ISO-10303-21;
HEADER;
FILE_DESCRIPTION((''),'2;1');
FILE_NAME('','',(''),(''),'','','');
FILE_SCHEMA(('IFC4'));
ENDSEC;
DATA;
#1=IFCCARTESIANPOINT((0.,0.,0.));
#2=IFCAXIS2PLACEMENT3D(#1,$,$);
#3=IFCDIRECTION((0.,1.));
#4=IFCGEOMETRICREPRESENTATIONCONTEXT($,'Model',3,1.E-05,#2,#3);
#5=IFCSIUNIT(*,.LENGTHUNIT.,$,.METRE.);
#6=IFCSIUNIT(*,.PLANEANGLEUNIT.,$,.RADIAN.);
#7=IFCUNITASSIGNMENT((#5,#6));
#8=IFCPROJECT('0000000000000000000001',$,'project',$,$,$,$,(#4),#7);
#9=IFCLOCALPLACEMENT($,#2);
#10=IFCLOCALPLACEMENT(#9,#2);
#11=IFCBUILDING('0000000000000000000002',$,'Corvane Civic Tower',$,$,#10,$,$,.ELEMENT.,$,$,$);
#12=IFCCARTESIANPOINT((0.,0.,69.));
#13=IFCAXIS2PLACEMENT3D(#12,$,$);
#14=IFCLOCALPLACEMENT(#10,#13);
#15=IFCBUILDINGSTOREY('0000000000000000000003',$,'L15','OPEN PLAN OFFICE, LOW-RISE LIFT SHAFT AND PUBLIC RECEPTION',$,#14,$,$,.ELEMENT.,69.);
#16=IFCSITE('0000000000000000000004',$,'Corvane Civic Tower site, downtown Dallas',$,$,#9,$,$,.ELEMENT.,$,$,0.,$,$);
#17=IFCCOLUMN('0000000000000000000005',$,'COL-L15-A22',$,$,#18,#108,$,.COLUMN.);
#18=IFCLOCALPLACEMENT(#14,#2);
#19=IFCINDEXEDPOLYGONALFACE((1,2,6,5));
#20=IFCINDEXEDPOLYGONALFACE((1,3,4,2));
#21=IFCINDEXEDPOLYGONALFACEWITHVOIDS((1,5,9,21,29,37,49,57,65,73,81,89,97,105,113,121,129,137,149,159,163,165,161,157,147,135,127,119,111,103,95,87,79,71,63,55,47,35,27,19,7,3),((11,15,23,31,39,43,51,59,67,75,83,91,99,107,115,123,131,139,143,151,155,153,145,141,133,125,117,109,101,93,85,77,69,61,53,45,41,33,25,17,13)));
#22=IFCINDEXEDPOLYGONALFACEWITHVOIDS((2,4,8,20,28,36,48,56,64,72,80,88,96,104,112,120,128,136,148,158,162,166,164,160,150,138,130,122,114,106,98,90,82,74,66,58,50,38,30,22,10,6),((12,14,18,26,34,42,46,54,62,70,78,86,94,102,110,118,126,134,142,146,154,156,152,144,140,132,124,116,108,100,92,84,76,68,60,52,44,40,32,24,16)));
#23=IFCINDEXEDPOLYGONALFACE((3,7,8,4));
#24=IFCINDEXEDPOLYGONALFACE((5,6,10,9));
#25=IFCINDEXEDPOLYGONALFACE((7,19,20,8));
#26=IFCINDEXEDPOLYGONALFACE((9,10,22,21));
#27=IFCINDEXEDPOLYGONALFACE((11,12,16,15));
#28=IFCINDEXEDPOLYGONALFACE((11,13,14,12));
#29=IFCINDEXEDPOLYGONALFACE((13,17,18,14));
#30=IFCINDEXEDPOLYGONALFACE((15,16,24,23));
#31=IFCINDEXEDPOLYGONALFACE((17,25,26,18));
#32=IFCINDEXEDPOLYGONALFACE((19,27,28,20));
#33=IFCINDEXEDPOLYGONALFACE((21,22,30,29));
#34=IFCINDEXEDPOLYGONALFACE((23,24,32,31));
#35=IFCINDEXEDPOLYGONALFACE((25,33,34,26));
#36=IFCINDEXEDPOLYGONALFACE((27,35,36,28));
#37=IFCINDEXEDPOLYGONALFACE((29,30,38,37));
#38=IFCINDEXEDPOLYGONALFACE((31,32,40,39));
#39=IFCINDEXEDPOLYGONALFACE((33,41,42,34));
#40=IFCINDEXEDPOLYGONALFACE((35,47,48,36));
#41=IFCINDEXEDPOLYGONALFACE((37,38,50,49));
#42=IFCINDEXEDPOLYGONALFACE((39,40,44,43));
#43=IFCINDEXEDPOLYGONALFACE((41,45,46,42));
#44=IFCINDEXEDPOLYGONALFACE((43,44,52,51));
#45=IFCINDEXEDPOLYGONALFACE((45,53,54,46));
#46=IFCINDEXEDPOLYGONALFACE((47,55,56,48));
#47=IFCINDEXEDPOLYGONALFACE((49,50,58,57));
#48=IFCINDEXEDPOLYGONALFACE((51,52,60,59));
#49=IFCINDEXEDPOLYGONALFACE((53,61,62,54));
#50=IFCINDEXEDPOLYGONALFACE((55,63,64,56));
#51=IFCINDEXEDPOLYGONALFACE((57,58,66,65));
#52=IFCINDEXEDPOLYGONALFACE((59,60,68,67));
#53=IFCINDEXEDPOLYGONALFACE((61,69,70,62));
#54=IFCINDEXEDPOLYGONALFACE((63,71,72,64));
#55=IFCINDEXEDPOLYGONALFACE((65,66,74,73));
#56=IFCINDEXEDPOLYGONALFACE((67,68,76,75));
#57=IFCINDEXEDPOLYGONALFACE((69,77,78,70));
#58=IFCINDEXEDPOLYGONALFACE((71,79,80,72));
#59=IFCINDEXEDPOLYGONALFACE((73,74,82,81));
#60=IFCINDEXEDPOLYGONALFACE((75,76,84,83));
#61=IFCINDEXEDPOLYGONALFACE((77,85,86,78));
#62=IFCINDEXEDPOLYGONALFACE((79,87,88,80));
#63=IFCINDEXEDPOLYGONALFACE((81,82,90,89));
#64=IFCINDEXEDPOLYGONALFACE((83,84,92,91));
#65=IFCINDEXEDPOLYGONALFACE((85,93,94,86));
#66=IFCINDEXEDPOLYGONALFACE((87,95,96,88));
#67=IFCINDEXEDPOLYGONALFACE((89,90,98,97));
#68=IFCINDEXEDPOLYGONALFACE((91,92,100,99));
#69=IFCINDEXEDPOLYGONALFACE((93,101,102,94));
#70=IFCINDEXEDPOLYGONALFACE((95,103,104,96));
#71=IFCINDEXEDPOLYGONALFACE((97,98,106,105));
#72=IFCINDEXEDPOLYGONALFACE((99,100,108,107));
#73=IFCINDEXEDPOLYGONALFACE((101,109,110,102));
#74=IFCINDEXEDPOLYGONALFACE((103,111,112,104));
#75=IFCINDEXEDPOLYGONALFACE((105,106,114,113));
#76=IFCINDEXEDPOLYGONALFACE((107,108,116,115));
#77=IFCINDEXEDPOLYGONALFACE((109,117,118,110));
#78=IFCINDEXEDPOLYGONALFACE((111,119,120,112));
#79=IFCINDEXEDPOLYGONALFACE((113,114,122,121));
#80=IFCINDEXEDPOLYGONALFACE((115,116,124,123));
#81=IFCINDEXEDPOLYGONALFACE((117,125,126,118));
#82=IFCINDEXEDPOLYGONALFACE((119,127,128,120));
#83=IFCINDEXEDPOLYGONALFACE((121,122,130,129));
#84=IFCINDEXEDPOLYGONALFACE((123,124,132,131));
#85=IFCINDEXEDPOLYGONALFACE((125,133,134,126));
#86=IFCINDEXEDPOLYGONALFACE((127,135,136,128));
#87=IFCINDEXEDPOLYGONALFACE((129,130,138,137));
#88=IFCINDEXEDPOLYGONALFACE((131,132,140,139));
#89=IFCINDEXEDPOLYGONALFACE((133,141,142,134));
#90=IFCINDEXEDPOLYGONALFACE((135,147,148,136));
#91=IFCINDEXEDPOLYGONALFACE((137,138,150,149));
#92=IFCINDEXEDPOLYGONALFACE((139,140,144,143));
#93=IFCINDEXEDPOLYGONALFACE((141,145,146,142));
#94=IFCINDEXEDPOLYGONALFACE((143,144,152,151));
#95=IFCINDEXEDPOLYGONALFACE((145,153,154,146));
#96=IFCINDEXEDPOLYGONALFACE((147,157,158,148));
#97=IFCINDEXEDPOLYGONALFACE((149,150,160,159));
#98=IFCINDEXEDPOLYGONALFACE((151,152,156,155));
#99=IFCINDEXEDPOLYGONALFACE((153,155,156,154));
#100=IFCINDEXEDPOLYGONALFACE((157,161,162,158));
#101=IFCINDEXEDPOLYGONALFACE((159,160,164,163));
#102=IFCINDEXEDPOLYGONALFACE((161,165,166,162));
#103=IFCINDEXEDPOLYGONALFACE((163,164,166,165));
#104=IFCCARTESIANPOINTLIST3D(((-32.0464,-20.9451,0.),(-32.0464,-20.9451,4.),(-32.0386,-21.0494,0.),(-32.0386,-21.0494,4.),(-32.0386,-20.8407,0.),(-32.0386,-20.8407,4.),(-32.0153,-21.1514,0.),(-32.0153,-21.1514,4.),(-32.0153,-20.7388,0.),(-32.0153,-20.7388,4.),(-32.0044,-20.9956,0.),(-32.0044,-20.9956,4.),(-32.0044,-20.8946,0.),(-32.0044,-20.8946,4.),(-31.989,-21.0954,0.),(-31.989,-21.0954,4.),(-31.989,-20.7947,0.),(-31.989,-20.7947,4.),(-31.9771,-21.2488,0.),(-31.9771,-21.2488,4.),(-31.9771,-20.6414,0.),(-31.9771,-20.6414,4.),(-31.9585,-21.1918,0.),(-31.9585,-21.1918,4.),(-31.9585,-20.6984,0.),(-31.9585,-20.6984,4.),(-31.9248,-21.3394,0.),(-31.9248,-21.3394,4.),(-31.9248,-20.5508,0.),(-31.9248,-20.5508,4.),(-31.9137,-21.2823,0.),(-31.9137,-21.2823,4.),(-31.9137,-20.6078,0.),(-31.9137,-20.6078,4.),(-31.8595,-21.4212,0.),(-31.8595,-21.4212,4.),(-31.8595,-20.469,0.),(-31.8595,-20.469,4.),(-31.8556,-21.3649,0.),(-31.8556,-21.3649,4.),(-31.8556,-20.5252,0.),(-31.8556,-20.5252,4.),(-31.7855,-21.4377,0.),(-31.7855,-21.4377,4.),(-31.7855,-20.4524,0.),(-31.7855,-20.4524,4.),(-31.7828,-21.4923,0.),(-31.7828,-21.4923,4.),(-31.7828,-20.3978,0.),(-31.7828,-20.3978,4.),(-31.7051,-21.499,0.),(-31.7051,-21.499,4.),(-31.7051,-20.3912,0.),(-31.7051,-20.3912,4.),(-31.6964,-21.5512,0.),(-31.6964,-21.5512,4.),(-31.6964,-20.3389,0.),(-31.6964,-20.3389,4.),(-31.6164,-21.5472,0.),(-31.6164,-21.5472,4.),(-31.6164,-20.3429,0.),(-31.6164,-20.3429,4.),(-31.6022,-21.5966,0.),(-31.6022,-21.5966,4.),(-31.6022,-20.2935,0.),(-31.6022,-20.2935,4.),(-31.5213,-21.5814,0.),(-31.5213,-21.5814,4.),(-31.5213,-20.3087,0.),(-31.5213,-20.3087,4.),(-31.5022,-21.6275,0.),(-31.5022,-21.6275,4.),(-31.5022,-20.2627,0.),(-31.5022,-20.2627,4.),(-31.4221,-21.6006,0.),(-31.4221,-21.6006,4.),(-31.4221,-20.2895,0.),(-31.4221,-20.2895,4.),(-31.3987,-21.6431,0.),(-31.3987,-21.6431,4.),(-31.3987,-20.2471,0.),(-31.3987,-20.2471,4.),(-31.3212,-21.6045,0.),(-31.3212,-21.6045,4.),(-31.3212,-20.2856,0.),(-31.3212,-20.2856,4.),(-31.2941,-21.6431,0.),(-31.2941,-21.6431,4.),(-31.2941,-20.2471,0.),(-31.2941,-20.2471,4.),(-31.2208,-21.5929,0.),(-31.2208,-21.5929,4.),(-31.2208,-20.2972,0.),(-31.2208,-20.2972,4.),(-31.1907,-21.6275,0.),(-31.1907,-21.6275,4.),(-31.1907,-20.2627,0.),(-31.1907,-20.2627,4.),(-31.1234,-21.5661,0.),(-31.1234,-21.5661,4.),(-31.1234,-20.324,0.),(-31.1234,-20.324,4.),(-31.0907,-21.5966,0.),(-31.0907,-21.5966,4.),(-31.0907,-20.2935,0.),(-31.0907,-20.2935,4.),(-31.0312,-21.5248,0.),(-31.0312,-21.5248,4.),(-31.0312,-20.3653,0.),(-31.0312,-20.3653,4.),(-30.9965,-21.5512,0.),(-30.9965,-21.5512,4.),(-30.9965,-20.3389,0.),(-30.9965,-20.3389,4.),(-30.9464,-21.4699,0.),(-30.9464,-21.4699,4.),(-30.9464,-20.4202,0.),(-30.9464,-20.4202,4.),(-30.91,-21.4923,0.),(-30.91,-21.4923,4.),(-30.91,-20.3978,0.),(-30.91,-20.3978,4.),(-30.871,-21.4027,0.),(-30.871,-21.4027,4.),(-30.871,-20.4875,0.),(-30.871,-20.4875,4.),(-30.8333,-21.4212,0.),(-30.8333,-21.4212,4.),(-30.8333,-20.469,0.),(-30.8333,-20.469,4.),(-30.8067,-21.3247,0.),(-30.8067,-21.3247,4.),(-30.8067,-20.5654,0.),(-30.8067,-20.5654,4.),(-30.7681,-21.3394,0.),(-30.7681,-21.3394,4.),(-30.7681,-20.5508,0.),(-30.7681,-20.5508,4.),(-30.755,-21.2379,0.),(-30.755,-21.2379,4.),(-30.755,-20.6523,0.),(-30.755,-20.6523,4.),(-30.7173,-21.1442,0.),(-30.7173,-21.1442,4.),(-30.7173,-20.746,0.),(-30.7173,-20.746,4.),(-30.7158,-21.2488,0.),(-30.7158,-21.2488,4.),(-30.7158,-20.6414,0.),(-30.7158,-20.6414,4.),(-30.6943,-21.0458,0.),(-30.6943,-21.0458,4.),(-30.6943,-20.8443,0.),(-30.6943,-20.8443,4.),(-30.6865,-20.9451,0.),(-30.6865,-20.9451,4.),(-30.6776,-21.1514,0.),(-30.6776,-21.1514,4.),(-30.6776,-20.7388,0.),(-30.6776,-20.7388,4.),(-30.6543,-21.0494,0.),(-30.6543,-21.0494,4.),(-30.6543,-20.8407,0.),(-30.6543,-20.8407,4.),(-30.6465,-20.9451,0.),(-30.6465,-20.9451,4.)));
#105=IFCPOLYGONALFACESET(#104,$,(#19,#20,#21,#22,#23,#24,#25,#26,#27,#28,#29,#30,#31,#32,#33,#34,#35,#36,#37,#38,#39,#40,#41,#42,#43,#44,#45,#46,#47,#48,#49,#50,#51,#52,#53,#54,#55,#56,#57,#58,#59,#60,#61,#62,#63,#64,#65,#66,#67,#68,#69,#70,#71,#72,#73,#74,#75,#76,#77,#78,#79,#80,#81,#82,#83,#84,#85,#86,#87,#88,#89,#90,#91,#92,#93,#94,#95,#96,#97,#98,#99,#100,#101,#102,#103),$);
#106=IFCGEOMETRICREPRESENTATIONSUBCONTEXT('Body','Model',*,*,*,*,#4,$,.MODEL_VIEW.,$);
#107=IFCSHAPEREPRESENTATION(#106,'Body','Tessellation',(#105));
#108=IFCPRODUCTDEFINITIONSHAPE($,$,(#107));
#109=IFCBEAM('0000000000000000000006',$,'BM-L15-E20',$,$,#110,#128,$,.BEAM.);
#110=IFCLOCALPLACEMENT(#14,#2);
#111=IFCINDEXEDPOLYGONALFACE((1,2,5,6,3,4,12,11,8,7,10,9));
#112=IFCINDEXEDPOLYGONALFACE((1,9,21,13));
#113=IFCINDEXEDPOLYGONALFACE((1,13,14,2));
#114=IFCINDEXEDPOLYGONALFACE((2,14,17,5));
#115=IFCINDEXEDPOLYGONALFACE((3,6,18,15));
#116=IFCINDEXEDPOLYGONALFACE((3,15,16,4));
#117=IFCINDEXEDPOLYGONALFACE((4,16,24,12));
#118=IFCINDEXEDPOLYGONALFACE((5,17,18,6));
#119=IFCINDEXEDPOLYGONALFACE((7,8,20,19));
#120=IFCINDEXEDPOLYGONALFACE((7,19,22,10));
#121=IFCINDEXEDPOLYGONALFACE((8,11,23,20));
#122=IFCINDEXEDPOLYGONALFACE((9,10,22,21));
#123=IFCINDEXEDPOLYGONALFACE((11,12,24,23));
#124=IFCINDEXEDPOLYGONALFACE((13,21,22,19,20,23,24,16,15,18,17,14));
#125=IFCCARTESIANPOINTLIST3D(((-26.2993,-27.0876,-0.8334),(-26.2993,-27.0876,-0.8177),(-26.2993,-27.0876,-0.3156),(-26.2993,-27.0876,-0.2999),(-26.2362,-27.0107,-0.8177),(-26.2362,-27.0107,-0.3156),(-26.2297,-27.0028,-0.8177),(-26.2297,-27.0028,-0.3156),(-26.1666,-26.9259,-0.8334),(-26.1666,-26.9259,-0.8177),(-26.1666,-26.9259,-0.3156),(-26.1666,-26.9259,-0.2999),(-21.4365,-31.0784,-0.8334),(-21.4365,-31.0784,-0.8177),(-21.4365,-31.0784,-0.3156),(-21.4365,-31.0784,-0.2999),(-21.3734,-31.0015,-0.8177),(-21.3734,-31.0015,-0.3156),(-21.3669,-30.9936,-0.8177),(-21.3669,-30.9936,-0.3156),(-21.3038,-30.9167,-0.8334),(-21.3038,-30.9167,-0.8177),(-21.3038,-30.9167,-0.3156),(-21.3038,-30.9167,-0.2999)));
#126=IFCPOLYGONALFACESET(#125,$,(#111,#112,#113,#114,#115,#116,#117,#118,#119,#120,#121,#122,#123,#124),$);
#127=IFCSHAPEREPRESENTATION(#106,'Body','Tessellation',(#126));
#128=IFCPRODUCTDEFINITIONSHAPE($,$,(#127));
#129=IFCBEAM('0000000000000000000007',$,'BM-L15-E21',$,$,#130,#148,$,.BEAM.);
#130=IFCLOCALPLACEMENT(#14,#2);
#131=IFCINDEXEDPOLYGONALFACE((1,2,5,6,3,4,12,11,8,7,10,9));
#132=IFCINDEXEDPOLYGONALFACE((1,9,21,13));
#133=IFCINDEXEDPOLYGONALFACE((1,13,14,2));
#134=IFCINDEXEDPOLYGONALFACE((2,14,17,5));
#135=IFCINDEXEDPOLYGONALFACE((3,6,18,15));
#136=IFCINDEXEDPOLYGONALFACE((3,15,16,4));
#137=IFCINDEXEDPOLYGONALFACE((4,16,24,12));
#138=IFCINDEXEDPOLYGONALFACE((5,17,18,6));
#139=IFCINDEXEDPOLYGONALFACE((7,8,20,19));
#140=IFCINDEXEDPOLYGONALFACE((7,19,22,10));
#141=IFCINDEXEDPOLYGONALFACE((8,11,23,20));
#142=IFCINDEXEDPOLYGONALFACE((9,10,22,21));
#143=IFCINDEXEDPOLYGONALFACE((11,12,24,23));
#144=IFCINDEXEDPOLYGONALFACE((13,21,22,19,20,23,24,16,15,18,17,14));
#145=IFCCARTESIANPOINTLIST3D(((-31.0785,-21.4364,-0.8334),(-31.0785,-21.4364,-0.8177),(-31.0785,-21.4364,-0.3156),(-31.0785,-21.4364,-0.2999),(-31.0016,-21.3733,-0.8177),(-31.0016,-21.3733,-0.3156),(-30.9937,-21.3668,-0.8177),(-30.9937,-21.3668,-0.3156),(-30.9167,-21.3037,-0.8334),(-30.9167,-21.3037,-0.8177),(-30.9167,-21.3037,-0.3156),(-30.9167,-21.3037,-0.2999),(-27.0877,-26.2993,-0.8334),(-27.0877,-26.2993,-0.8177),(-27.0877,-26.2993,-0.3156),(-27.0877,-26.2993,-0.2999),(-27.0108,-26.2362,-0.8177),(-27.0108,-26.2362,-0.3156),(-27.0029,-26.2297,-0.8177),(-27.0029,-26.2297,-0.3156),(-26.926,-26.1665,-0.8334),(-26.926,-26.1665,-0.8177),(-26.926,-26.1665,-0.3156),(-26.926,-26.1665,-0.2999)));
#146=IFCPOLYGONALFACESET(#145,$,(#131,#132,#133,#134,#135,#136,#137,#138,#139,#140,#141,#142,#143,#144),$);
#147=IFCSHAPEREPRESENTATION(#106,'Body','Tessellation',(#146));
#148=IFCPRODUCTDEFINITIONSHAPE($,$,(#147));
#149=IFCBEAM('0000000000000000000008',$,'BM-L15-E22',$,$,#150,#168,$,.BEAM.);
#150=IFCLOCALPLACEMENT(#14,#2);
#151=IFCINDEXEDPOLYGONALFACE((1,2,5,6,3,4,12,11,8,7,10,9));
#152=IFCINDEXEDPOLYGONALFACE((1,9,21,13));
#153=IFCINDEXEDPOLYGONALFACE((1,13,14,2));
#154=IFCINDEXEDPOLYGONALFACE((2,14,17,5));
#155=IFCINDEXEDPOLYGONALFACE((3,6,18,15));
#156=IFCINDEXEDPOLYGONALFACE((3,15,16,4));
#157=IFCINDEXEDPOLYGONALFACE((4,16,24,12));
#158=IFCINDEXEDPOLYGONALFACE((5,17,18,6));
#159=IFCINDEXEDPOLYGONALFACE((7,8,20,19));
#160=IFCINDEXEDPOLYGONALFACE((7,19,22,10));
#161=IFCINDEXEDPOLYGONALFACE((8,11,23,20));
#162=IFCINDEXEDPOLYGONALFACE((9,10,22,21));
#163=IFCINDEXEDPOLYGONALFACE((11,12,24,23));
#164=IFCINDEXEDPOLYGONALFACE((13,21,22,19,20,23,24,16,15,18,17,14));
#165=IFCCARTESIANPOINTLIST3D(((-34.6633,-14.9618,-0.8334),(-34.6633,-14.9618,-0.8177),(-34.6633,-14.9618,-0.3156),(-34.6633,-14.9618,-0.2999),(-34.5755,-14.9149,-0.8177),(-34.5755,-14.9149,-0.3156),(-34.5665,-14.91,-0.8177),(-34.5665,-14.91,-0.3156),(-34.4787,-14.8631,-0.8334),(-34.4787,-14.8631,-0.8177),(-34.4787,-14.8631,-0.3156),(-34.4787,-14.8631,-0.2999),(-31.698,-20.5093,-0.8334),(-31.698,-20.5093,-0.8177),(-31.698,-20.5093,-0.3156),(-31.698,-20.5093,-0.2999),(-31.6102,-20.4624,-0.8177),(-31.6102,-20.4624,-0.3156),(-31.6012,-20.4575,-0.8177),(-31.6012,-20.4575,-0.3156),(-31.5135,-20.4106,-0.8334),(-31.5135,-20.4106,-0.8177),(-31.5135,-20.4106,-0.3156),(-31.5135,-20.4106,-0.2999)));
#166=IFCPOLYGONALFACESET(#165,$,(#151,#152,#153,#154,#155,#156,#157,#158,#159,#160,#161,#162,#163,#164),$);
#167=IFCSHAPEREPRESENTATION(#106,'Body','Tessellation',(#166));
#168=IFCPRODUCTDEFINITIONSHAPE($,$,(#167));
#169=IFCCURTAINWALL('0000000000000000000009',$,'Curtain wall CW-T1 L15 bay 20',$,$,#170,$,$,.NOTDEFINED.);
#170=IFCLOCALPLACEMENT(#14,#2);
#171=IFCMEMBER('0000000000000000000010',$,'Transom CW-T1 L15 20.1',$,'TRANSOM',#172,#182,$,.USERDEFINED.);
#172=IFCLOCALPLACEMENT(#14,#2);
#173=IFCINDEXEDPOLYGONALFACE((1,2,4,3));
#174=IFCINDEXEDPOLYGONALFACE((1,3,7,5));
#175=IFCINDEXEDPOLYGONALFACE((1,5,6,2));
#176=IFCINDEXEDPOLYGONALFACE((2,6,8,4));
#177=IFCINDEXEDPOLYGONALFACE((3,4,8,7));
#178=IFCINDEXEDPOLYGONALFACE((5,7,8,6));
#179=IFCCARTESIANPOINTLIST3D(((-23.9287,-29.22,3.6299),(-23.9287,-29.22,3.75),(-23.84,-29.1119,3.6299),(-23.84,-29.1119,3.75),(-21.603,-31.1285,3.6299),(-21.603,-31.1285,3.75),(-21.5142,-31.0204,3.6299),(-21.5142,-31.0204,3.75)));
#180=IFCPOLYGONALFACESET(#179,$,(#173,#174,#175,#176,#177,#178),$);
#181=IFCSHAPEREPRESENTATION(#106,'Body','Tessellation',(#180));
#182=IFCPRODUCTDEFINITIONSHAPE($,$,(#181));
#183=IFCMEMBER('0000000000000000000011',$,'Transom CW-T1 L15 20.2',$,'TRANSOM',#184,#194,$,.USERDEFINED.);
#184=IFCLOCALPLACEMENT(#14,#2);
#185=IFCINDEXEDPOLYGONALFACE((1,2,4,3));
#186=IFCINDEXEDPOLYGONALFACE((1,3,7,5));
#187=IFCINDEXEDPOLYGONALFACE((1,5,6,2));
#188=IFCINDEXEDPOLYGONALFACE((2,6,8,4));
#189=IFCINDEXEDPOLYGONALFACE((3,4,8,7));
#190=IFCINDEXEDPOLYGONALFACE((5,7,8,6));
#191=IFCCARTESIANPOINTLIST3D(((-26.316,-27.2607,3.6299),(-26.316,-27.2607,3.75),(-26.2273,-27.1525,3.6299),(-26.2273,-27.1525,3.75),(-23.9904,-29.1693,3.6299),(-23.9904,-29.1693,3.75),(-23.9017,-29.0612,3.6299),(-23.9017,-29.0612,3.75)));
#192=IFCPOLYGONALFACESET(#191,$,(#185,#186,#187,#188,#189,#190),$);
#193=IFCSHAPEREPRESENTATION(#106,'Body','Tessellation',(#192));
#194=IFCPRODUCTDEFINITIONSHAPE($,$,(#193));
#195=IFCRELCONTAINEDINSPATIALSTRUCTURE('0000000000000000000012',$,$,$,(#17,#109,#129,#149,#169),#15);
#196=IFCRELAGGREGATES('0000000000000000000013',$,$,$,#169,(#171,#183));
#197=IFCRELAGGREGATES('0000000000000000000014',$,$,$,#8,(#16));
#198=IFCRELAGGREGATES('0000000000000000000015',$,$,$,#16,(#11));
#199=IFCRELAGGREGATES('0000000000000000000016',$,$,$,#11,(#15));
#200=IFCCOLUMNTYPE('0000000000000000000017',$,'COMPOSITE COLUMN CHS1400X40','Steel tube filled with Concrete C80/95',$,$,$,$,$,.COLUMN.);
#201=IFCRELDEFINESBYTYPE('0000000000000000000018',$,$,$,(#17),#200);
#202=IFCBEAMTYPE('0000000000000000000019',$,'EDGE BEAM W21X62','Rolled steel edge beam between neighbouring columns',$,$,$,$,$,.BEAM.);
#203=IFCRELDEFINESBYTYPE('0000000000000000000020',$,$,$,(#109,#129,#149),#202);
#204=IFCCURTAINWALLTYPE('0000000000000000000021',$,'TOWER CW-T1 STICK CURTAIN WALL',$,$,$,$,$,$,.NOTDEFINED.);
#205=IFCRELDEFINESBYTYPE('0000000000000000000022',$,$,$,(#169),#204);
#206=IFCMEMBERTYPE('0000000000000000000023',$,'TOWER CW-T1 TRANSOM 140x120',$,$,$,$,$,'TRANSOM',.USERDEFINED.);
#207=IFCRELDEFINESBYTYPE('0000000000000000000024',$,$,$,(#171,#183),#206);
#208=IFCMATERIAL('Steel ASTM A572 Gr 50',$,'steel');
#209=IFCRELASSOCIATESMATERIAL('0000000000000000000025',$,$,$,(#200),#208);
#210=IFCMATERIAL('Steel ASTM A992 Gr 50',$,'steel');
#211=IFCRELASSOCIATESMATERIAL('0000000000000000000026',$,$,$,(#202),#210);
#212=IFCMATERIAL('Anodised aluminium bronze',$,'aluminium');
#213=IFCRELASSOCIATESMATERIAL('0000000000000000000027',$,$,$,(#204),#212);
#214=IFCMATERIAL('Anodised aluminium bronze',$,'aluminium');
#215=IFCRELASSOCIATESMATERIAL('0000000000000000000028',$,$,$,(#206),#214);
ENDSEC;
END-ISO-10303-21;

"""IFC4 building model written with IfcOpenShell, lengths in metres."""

from ifc_helpers import new_model, si_unit, direction, frame, origin, origin_2d, place, context, subcontext, project, spatial, rectangle, hollow_circle, i_section, extrude, material, material_profile, profile_set, type_object, element, aggregate, save


model = new_model("IFC4")

# Units and contexts
model_context = context("Model", 3, precision=1e-05, world=origin(), true_north=direction((0.0, 1.0)))
body_context = subcontext(model_context, "Body", "Model", "MODEL_VIEW")
ifc_project = project(units=[si_unit("LENGTHUNIT", "METRE"), si_unit("PLANEANGLEUNIT", "RADIAN")], contexts=[model_context])

# Site, building, storey
site_placement = place(None, origin())
site = spatial("IfcSite", under=ifc_project, at=site_placement, Name="Corvane Civic Tower site, downtown Dallas", CompositionType="ELEMENT", RefElevation=0.0)
building_placement = place(site_placement, origin())
building = spatial("IfcBuilding", under=site, at=building_placement, Name="Corvane Civic Tower", CompositionType="ELEMENT")
storey_placement = place(building_placement, frame((0.0, 0.0, 69.0)))
storey = spatial("IfcBuildingStorey", under=building, at=storey_placement, Name="L15", Description="OPEN PLAN OFFICE, LOW-RISE LIFT SHAFT AND PUBLIC RECEPTION", CompositionType="ELEMENT", Elevation=69.0)

# Column
ifc_material_1 = material(Name="Steel ASTM A572 Gr 50", Category="steel")
ifc_material_profile_1 = material_profile(ifc_material_1, hollow_circle(Radius=0.7, WallThickness=0.04, at=origin_2d()), Name="CHS1400X40")
ifc_profile_set_1 = profile_set([ifc_material_profile_1], Name="Steel ASTM A572 Gr 50")
column_type = type_object("IfcColumnType", Name="COMPOSITE COLUMN CHS1400X40", Description="Steel tube filled with Concrete C80/95", PredefinedType="COLUMN", material=ifc_profile_set_1)
for number, where, z_axis, x_axis, name in (
    (1, (-31.3464, -20.9451, 0.0), (0.0, 0.0, 1.0), (1.0, 0.0, 0.0), "COL-L15-A22"),
):
    element("IfcColumn", number, at=place(storey_placement, frame(where, z_axis=z_axis, x_axis=x_axis)), inside=storey, type_object=column_type, Name=name, PredefinedType="COLUMN", context=body_context, shape_type="SweptSolid", body=[
        extrude(hollow_circle(Radius=0.7, WallThickness=0.04, at=origin_2d()), origin(), (0.0, 0.0, 1.0), 4.0),
    ])

# Beams
ifc_material_2 = material(Name="Steel ASTM A992 Gr 50", Category="steel")
ifc_material_profile_2 = material_profile(ifc_material_2, i_section(OverallWidth=0.2092, OverallDepth=0.5334, WebThickness=0.0103, FlangeThickness=0.0156, at=origin_2d()), Name="W21X62")
ifc_profile_set_2 = profile_set([ifc_material_profile_2], Name="Steel ASTM A992 Gr 50")
beam_type = type_object("IfcBeamType", Name="EDGE BEAM W21X62", Description="Rolled steel edge beam between neighbouring columns", PredefinedType="BEAM", material=ifc_profile_set_2)
for number, where, z_axis, x_axis, name in (
    (2, (-21.3701, -30.9976, -0.5667), (-0.773016, 0.634387, 0.0), (-0.634387, -0.773016, 0.0), "BM-L15-E20"),
    (3, (-27.0068, -26.2329, -0.5667), (-0.634387, 0.773016, 0.0), (-0.773016, -0.634387, 0.0), "BM-L15-E21"),
):
    element("IfcBeam", number, at=place(storey_placement, frame(where, z_axis=z_axis, x_axis=x_axis)), inside=storey, type_object=beam_type, Name=name, PredefinedType="BEAM", context=body_context, shape_type="SweptSolid", body=[
        extrude(i_section(OverallWidth=0.2092, OverallDepth=0.5334, WebThickness=0.0103, FlangeThickness=0.0156, at=origin_2d()), origin(), (0.0, 0.0, 1.0), 6.2908),
    ])
beam_placement = place(storey_placement, frame((-31.6057, -20.46, -0.5667), z_axis=(-0.471406, 0.881916, 0.0), x_axis=(-0.881916, -0.471406, 0.0)))
element("IfcBeam", 4, at=beam_placement, inside=storey, type_object=beam_type, Name="BM-L15-E22", PredefinedType="BEAM", context=body_context, shape_type="SweptSolid", body=[
    extrude(i_section(OverallWidth=0.2092, OverallDepth=0.5334, WebThickness=0.0103, FlangeThickness=0.0156, at=origin_2d()), origin(), (0.0, 0.0, 1.0), 6.2903),
])

# Curtain wall, members
ifc_material_3 = material(Name="Anodised aluminium bronze", Category="aluminium")
curtain_wall_type = type_object("IfcCurtainWallType", Name="TOWER CW-T1 STICK CURTAIN WALL", PredefinedType="NOTDEFINED", material=ifc_material_3)
curtain_wall_1_placement = place(storey_placement, origin())
curtain_wall_1 = element("IfcCurtainWall", 5, at=curtain_wall_1_placement, inside=storey, type_object=curtain_wall_type, Name="Curtain wall CW-T1 L15 bay 20", PredefinedType="NOTDEFINED")
ifc_material_4 = material(Name="Anodised aluminium bronze", Category="aluminium")
ifc_material_profile_3 = material_profile(ifc_material_4, rectangle(XDim=0.1399, YDim=0.1201, at=origin_2d()), Name="TOWER CW-T1 TRANSOM 140x120")
ifc_profile_set_3 = profile_set([ifc_material_profile_3], Name="Anodised aluminium bronze")
member_type_1 = type_object("IfcMemberType", Name="TOWER CW-T1 TRANSOM 140x120", ElementType="TRANSOM", PredefinedType="USERDEFINED", material=ifc_profile_set_3)
member_1_placement = place(storey_placement, frame((-21.5586, -31.0745, 3.6899), z_axis=(-0.773042, 0.634355, 0.0), x_axis=(-0.634355, -0.773042, 0.0)))
member_1 = element("IfcMember", 6, at=member_1_placement, type_object=member_type_1, Name="Transom CW-T1 L15 20.1", ObjectType="TRANSOM", PredefinedType="USERDEFINED", context=body_context, shape_type="SweptSolid", body=[
    extrude(rectangle(XDim=0.1399, YDim=0.1201, at=origin_2d()), origin(), (0.0, 0.0, 1.0), 3.0085),
])
member_2_placement = place(storey_placement, frame((-23.946, -29.1152, 3.6899), z_axis=(-0.773002, 0.634404, 0.0), x_axis=(-0.634404, -0.773002, 0.0)))
member_2 = element("IfcMember", 7, at=member_2_placement, type_object=member_type_1, Name="Transom CW-T1 L15 20.2", ObjectType="TRANSOM", PredefinedType="USERDEFINED", context=body_context, shape_type="SweptSolid", body=[
    extrude(rectangle(XDim=0.1399, YDim=0.1201, at=origin_2d()), origin(), (0.0, 0.0, 1.0), 3.0085),
])

aggregate(curtain_wall_1, [member_1, member_2])

save(model, "model.ifc")
